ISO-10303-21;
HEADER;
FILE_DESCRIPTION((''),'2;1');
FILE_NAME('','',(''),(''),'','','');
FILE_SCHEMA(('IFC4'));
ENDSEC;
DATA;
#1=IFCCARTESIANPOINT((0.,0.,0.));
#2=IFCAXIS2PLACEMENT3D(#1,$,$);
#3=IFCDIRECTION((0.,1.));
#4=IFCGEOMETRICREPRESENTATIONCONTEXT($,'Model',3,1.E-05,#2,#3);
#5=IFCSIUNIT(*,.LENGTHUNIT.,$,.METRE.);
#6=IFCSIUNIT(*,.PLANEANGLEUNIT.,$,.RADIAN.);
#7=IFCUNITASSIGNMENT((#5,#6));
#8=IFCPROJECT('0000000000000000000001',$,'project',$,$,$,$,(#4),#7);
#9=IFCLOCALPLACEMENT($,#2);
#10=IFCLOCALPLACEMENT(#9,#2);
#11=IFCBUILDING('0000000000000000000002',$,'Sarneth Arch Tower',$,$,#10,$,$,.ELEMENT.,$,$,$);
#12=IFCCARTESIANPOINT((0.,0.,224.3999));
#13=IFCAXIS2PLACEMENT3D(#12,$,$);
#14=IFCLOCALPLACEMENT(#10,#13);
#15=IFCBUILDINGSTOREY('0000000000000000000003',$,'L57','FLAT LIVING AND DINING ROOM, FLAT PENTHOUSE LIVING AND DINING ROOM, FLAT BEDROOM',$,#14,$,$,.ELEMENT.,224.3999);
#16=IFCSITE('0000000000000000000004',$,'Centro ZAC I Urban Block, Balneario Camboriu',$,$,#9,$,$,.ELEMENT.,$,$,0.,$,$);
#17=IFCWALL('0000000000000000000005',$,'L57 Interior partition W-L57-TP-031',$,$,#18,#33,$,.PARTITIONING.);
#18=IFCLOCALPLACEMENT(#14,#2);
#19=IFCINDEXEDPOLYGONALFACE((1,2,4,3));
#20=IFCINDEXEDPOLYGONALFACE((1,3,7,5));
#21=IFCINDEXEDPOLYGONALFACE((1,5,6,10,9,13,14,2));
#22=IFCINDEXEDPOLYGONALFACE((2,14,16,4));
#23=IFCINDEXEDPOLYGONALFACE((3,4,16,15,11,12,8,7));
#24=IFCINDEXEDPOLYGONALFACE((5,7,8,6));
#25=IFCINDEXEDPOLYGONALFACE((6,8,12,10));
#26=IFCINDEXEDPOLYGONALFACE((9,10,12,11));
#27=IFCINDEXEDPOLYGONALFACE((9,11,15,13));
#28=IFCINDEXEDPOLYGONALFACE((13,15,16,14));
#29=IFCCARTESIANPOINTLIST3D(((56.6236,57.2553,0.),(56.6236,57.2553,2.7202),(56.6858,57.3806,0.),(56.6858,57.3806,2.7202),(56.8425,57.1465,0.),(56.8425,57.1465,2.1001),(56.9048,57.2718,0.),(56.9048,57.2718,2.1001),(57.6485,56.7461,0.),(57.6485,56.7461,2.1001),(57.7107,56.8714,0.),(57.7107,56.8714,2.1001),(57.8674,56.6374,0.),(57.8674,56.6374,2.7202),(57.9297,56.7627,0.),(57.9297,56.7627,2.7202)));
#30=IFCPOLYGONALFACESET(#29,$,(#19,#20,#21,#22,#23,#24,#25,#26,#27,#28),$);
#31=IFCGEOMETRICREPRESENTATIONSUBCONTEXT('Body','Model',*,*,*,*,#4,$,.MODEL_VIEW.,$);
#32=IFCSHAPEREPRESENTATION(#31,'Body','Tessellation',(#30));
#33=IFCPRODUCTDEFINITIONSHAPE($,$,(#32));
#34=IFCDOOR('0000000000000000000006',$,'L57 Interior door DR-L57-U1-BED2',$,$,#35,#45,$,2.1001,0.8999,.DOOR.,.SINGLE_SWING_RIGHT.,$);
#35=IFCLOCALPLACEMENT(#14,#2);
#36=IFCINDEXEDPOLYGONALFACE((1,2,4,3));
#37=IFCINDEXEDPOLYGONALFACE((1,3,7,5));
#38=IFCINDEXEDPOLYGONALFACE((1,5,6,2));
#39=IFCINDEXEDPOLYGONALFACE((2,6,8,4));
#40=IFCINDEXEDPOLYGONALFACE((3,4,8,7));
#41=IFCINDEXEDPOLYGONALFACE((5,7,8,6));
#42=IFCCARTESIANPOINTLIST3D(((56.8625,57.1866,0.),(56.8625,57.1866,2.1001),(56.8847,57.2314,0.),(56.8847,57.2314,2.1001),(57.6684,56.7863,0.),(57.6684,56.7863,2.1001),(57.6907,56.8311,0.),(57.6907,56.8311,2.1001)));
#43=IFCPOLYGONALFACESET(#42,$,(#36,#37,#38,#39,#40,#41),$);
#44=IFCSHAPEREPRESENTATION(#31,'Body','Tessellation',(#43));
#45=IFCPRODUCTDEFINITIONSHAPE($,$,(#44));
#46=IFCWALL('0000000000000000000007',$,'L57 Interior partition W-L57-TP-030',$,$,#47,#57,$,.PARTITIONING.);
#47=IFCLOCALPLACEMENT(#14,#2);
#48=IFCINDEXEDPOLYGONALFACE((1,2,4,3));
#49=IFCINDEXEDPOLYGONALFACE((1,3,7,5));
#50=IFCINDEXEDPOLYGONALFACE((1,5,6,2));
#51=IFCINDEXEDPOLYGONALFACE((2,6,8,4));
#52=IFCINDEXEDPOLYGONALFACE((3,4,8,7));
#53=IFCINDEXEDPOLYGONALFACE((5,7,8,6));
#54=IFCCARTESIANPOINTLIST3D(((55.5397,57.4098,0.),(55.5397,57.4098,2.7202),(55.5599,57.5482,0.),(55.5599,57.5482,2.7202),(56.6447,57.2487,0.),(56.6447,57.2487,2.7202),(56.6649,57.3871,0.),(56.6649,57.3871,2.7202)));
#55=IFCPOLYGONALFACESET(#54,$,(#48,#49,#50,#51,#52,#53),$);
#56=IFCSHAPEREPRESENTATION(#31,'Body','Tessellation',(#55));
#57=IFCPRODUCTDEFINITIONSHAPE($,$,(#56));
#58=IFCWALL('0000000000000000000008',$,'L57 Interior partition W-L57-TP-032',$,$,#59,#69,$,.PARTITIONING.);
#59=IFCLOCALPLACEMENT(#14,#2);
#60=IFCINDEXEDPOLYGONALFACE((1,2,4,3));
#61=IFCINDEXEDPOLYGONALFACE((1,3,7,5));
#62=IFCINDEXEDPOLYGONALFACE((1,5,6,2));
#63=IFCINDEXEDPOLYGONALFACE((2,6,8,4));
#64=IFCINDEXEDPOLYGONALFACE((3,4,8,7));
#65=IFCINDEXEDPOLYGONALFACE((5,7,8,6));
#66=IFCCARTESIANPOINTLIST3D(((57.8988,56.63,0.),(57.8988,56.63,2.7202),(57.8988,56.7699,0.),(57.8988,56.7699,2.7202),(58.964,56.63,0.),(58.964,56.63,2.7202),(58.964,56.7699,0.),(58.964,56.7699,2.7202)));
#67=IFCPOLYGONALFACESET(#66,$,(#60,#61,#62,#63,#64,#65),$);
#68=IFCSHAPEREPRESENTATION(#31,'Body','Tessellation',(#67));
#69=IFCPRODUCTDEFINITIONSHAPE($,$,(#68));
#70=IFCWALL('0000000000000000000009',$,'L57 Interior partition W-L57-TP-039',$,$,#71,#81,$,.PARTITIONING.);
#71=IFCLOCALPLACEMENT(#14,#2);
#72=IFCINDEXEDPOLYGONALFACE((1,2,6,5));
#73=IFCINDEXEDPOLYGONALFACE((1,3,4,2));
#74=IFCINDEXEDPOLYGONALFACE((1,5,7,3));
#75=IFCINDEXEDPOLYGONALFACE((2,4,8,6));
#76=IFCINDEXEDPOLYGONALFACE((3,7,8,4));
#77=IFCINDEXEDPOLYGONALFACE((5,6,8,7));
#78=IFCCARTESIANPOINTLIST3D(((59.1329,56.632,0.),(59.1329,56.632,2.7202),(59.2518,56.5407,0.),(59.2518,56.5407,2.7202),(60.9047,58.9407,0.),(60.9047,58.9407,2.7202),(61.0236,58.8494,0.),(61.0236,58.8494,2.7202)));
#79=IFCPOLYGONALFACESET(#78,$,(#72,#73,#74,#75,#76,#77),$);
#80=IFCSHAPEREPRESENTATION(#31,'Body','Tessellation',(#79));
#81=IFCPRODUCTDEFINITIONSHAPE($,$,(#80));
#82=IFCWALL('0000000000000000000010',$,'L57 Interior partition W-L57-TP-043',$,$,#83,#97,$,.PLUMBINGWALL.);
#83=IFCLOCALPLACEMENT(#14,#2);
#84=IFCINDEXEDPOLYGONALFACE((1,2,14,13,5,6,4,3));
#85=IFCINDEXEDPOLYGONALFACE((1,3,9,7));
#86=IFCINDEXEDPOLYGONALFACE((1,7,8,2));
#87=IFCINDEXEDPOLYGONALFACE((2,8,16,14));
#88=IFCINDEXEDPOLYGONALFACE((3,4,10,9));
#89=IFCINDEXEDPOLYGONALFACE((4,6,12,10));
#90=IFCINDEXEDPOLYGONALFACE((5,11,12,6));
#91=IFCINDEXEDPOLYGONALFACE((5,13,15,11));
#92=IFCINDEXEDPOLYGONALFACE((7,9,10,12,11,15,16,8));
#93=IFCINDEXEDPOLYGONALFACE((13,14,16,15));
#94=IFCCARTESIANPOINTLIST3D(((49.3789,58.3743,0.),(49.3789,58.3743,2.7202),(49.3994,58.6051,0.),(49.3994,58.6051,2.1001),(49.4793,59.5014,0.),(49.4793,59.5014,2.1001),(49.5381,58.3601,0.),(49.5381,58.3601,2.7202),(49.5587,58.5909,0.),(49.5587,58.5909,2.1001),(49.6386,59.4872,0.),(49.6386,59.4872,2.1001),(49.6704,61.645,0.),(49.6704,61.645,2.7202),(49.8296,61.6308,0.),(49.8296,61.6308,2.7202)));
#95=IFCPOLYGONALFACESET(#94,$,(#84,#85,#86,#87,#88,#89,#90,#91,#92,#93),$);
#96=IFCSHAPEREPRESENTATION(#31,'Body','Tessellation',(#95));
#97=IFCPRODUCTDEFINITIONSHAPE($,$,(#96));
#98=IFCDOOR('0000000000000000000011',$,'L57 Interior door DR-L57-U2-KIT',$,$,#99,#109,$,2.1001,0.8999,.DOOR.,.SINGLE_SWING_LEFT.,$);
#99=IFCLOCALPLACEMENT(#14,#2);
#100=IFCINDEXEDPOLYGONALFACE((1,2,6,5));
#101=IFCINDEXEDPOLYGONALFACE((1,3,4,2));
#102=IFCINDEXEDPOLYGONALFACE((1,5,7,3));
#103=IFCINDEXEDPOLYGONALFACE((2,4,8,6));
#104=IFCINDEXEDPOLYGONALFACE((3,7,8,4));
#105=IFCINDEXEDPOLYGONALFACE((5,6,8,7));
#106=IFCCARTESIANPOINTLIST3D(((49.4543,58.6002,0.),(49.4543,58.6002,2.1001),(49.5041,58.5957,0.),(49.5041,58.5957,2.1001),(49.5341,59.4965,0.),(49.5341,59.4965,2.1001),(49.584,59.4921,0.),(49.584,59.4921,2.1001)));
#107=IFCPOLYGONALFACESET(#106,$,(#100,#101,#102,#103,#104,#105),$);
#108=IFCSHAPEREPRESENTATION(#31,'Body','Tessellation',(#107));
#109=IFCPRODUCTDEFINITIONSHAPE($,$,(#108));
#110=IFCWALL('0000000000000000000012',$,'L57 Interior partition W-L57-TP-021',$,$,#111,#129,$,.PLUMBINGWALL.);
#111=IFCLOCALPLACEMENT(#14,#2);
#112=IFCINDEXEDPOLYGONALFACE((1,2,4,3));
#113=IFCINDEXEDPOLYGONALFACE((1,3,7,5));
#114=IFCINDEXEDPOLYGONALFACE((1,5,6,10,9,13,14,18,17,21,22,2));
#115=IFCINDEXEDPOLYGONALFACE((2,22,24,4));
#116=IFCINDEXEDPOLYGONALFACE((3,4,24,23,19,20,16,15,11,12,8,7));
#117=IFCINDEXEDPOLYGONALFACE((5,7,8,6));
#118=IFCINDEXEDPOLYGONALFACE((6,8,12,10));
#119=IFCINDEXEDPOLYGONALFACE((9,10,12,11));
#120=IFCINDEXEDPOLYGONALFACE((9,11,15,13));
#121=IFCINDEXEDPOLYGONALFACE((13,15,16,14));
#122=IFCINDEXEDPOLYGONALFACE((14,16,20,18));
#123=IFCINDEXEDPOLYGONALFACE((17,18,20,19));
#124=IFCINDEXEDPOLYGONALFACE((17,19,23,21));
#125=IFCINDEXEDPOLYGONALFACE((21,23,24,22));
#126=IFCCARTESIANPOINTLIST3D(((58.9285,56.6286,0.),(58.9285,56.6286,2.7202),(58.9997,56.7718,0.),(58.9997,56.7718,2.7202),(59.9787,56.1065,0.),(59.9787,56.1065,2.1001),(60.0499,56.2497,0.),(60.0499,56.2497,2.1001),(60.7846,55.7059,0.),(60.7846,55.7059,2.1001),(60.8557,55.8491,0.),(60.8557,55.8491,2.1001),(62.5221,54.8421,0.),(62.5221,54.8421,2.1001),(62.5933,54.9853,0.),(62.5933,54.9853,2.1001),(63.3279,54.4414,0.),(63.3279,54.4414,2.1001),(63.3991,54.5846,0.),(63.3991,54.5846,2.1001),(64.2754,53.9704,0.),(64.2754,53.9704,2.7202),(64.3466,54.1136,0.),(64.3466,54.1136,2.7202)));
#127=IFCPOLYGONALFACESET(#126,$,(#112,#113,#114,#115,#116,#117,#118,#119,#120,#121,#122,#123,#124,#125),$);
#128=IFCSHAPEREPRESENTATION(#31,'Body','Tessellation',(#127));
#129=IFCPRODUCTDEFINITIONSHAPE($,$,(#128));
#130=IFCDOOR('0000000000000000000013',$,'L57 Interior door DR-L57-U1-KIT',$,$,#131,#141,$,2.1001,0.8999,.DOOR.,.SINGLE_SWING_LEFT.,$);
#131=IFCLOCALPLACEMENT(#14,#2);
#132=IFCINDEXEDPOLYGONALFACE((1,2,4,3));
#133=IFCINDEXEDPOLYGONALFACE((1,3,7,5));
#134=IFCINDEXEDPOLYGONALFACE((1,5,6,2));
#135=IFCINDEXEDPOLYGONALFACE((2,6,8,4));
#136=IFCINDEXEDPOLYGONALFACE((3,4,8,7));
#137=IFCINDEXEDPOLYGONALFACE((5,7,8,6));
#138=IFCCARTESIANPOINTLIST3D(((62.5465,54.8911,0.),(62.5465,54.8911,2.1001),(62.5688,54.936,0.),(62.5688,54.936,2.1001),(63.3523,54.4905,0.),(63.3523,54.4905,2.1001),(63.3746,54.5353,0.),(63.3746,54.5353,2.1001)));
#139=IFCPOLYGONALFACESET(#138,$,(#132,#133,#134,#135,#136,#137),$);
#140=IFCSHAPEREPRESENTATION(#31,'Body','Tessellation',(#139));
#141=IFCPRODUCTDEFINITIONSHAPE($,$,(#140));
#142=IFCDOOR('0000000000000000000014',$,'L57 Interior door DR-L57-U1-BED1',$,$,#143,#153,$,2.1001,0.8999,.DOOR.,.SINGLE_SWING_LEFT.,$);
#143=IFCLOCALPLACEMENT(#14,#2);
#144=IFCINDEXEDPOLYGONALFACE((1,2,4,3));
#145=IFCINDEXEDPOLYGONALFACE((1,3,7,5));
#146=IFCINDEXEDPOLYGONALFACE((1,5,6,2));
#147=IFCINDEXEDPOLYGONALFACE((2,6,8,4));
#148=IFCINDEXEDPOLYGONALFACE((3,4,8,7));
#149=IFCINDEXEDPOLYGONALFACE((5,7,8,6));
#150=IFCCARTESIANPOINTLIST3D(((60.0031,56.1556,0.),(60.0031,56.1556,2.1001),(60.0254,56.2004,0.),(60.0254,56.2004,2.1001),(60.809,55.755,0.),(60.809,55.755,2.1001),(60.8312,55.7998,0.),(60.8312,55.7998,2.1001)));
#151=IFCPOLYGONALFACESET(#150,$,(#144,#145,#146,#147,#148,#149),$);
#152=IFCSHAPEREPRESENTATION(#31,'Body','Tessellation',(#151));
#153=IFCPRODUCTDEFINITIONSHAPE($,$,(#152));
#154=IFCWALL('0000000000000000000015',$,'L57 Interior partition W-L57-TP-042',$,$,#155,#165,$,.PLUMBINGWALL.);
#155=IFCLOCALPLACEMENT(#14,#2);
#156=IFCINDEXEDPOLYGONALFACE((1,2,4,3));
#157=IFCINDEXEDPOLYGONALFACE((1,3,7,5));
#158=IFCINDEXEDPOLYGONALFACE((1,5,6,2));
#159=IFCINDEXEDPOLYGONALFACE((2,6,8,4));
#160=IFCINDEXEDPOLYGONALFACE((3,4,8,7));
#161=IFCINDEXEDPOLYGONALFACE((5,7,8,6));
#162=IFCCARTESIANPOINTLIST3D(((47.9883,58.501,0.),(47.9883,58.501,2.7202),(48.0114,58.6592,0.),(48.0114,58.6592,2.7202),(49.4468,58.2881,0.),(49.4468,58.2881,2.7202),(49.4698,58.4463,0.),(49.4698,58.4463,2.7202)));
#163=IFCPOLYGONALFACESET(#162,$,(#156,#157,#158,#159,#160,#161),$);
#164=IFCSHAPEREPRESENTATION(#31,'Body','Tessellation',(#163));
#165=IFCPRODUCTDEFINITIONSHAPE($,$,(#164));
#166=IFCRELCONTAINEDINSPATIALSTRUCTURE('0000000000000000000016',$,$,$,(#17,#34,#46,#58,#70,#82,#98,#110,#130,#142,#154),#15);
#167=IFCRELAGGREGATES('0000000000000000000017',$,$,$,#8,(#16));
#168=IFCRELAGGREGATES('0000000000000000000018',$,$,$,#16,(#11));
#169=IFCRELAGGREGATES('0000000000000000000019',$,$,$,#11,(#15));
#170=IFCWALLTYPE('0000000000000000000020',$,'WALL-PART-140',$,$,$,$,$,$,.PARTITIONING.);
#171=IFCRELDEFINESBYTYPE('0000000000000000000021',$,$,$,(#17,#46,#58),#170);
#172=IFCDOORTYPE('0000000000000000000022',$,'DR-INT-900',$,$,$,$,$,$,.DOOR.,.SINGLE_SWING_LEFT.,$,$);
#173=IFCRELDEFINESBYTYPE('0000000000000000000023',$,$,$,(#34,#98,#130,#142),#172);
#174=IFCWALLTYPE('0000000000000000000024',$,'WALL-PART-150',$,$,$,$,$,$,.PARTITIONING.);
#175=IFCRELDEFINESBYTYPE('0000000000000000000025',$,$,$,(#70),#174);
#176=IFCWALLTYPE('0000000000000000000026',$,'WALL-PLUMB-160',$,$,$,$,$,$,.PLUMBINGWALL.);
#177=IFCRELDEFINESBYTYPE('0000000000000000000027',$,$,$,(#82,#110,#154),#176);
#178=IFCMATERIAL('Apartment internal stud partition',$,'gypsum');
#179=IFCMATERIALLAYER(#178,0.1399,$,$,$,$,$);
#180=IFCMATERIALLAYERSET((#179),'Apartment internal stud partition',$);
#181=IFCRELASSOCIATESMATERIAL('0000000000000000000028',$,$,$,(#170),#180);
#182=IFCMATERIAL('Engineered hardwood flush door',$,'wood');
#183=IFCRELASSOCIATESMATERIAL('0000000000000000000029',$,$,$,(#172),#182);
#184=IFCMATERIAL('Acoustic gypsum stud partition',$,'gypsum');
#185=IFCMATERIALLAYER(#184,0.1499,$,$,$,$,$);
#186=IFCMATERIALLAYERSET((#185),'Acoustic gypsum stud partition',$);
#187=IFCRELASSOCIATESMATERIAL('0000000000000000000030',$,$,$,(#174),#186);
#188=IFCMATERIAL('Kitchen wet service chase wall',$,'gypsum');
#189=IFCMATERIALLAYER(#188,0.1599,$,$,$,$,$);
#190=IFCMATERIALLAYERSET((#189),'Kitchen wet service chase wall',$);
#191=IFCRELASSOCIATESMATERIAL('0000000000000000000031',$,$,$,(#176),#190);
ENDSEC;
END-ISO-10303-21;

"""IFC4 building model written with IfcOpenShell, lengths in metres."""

from ifc_helpers import new_model, si_unit, direction, frame, frame_2d, origin, place, context, subcontext, project, spatial, rectangle, extrude, material, layer, layer_set, type_object, element, fill, save


model = new_model("IFC4")

# Units and contexts
model_context = context("Model", 3, precision=1e-05, world=origin(), true_north=direction((0.0, 1.0)))
body_context = subcontext(model_context, "Body", "Model", "MODEL_VIEW")
ifc_project = project(units=[si_unit("LENGTHUNIT", "METRE"), si_unit("PLANEANGLEUNIT", "RADIAN")], contexts=[model_context])

# Site, building, storey
site_placement = place(None, origin())
site = spatial("IfcSite", under=ifc_project, at=site_placement, Name="Centro ZAC I Urban Block, Balneario Camboriu", CompositionType="ELEMENT", RefElevation=0.0)
building_placement = place(site_placement, origin())
building = spatial("IfcBuilding", under=site, at=building_placement, Name="Sarneth Arch Tower", CompositionType="ELEMENT")
storey_placement = place(building_placement, frame((0.0, 0.0, 224.3999)))
storey = spatial("IfcBuildingStorey", under=building, at=storey_placement, Name="L57", Description="FLAT LIVING AND DINING ROOM, FLAT PENTHOUSE LIVING AND DINING ROOM, FLAT BEDROOM", CompositionType="ELEMENT", Elevation=224.3999)

# Wall, opening, door
ifc_material_1 = material(Name="Apartment internal stud partition", Category="gypsum")
ifc_layer_1 = layer(ifc_material_1, 0.1399)
ifc_layer_set_1 = layer_set([ifc_layer_1], Name="Apartment internal stud partition")
wall_type_1 = type_object("IfcWallType", Name="WALL-PART-140", PredefinedType="PARTITIONING", material=ifc_layer_set_1)
wall_1_placement = place(storey_placement, frame((56.6548, 57.3179, 0.0), z_axis=(0.0, 0.0, 1.0), x_axis=(0.895584, -0.444892, 0.0)))
wall_1 = element("IfcWall", 1, at=wall_1_placement, inside=storey, type_object=wall_type_1, Name="L57 Interior partition W-L57-TP-031", PredefinedType="PARTITIONING", context=body_context, shape_type="SweptSolid", body=[
    extrude(rectangle(XDim=1.3889, YDim=0.1399, at=frame_2d((0.6943, 0.0))), origin(), (0.0, 0.0, 1.0), 2.7202),
])
opening_1_placement = place(wall_1_placement, frame((0.2444, 0.0, 0.0)))
opening_1 = element("IfcOpeningElement", 2, at=opening_1_placement, cuts=wall_1, PredefinedType="OPENING", context=body_context, shape_type="SweptSolid", body=[
    extrude(rectangle(XDim=0.8999, YDim=2.1001, at=frame_2d((0.45, 1.05))), frame((0.0, 0.0798, 0.0), z_axis=(0.0, -1.0, 0.0), x_axis=(1.0, 0.0, 0.0)), (0.0, 0.0, 1.0), 0.1599),
])
ifc_material_2 = material(Name="Engineered hardwood flush door", Category="wood")
door_type_1 = type_object("IfcDoorType", Name="DR-INT-900", OperationType="SINGLE_SWING_LEFT", PredefinedType="DOOR", material=ifc_material_2)
door_1_placement = place(opening_1_placement, origin())
door_1 = element("IfcDoor", 3, at=door_1_placement, inside=storey, type_object=door_type_1, Name="L57 Interior door DR-L57-U1-BED2", OperationType="SINGLE_SWING_RIGHT", OverallHeight=2.1001, OverallWidth=0.8999, PredefinedType="DOOR", context=body_context, shape_type="SweptSolid", body=[
    extrude(rectangle(XDim=0.8999, YDim=2.1001, at=frame_2d((0.45, 1.05))), frame((0.0, 0.0249, 0.0), z_axis=(0.0, -1.0, 0.0), x_axis=(1.0, 0.0, 0.0)), (0.0, 0.0, 1.0), 0.05),
])
fill(opening_1, door_1)

# Walls
wall_2_placement = place(storey_placement, frame((55.5498, 57.479, 0.0), z_axis=(0.0, 0.0, 1.0), x_axis=(0.989534, -0.144298, 0.0)))
element("IfcWall", 4, at=wall_2_placement, inside=storey, type_object=wall_type_1, Name="L57 Interior partition W-L57-TP-030", PredefinedType="PARTITIONING", context=body_context, shape_type="SweptSolid", body=[
    extrude(rectangle(XDim=1.1167, YDim=0.1399, at=frame_2d((0.5583, 0.0))), origin(), (0.0, 0.0, 1.0), 2.7202),
])
wall_3_placement = place(storey_placement, frame((57.8987, 56.7, 0.0), z_axis=(0.0, 0.0, 1.0), x_axis=(1.0, 0.0, 0.0)))
element("IfcWall", 5, at=wall_3_placement, inside=storey, type_object=wall_type_1, Name="L57 Interior partition W-L57-TP-032", PredefinedType="PARTITIONING", context=body_context, shape_type="SweptSolid", body=[
    extrude(rectangle(XDim=1.0652, YDim=0.1399, at=frame_2d((0.5327, 0.0))), origin(), (0.0, 0.0, 1.0), 2.7202),
])
ifc_material_3 = material(Name="Acoustic gypsum stud partition", Category="gypsum")
ifc_layer_2 = layer(ifc_material_3, 0.1499)
ifc_layer_set_2 = layer_set([ifc_layer_2], Name="Acoustic gypsum stud partition")
wall_type_2 = type_object("IfcWallType", Name="WALL-PART-150", PredefinedType="PARTITIONING", material=ifc_layer_set_2)
wall_4_placement = place(storey_placement, frame((60.9641, 58.895, 0.0), z_axis=(0.0, 0.0, 1.0), x_axis=(-0.608822, -0.793306, 0.0)))
element("IfcWall", 6, at=wall_4_placement, inside=storey, type_object=wall_type_2, Name="L57 Interior partition W-L57-TP-039", PredefinedType="PARTITIONING", context=body_context, shape_type="SweptSolid", body=[
    extrude(rectangle(XDim=2.9102, YDim=0.1499, at=frame_2d((1.4551, 0.0))), origin(), (0.0, 0.0, 1.0), 2.7202),
])

# Wall, opening, door
ifc_material_4 = material(Name="Kitchen wet service chase wall", Category="gypsum")
ifc_layer_3 = layer(ifc_material_4, 0.1599)
ifc_layer_set_3 = layer_set([ifc_layer_3], Name="Kitchen wet service chase wall")
wall_type_3 = type_object("IfcWallType", Name="WALL-PLUMB-160", PredefinedType="PLUMBINGWALL", material=ifc_layer_set_3)
wall_5_placement = place(storey_placement, frame((49.4585, 58.3672, 0.0), z_axis=(0.0, 0.0, 1.0), x_axis=(0.088773, 0.996052, 0.0)))
wall_5 = element("IfcWall", 7, at=wall_5_placement, inside=storey, type_object=wall_type_3, Name="L57 Interior partition W-L57-TP-043", PredefinedType="PLUMBINGWALL", context=body_context, shape_type="SweptSolid", body=[
    extrude(rectangle(XDim=3.2837, YDim=0.1599, at=frame_2d((1.6418, 0.0))), origin(), (0.0, 0.0, 1.0), 2.7202),
])
opening_2_placement = place(wall_5_placement, frame((0.2317, 0.0, 0.0)))
opening_2 = element("IfcOpeningElement", 8, at=opening_2_placement, cuts=wall_5, PredefinedType="OPENING", context=body_context, shape_type="SweptSolid", body=[
    extrude(rectangle(XDim=0.8999, YDim=2.1001, at=frame_2d((0.45, 1.05))), frame((0.0, 0.0898, 0.0), z_axis=(0.0, -1.0, 0.0), x_axis=(1.0, 0.0, 0.0)), (0.0, 0.0, 1.0), 0.1799),
])
door_2_placement = place(opening_2_placement, origin())
door_2 = element("IfcDoor", 9, at=door_2_placement, inside=storey, type_object=door_type_1, Name="L57 Interior door DR-L57-U2-KIT", OperationType="SINGLE_SWING_LEFT", OverallHeight=2.1001, OverallWidth=0.8999, PredefinedType="DOOR", context=body_context, shape_type="SweptSolid", body=[
    extrude(rectangle(XDim=0.8999, YDim=2.1001, at=frame_2d((0.45, 1.05))), frame((0.0, 0.0249, 0.0), z_axis=(0.0, -1.0, 0.0), x_axis=(1.0, 0.0, 0.0)), (0.0, 0.0, 1.0), 0.05),
])
fill(opening_2, door_2)

# Wall, openings, doors
wall_6_placement = place(storey_placement, frame((58.9641, 56.7002, 0.0), z_axis=(0.0, 0.0, 1.0), x_axis=(0.895447, -0.445168, 0.0)))
wall_6 = element("IfcWall", 10, at=wall_6_placement, inside=storey, type_object=wall_type_3, Name="L57 Interior partition W-L57-TP-021", PredefinedType="PLUMBINGWALL", context=body_context, shape_type="SweptSolid", body=[
    extrude(rectangle(XDim=5.9712, YDim=0.1599, at=frame_2d((2.9856, 0.0))), origin(), (0.0, 0.0, 1.0), 2.7202),
])
opening_3_placement = place(wall_6_placement, frame((4.0132, 0.0, 0.0)))
opening_3 = element("IfcOpeningElement", 11, at=opening_3_placement, cuts=wall_6, PredefinedType="OPENING", context=body_context, shape_type="SweptSolid", body=[
    extrude(rectangle(XDim=0.8999, YDim=2.1001, at=frame_2d((0.45, 1.05))), frame((0.0, 0.0898, 0.0), z_axis=(0.0, -1.0, 0.0), x_axis=(1.0, 0.0, 0.0)), (0.0, 0.0, 1.0), 0.1799),
])
opening_4_placement = place(wall_6_placement, frame((1.1729, 0.0, 0.0)))
opening_4 = element("IfcOpeningElement", 12, at=opening_4_placement, cuts=wall_6, PredefinedType="OPENING", context=body_context, shape_type="SweptSolid", body=[
    extrude(rectangle(XDim=0.8999, YDim=2.1001, at=frame_2d((0.45, 1.05))), frame((0.0, 0.0898, 0.0), z_axis=(0.0, -1.0, 0.0), x_axis=(1.0, 0.0, 0.0)), (0.0, 0.0, 1.0), 0.1799),
])
door_3_placement = place(opening_3_placement, origin())
door_3 = element("IfcDoor", 13, at=door_3_placement, inside=storey, type_object=door_type_1, Name="L57 Interior door DR-L57-U1-KIT", OperationType="SINGLE_SWING_LEFT", OverallHeight=2.1001, OverallWidth=0.8999, PredefinedType="DOOR", context=body_context, shape_type="SweptSolid", body=[
    extrude(rectangle(XDim=0.8999, YDim=2.1001, at=frame_2d((0.45, 1.05))), frame((0.0, 0.0249, 0.0), z_axis=(0.0, -1.0, 0.0), x_axis=(1.0, 0.0, 0.0)), (0.0, 0.0, 1.0), 0.05),
])
fill(opening_3, door_3)
door_4_placement = place(opening_4_placement, origin())
door_4 = element("IfcDoor", 14, at=door_4_placement, inside=storey, type_object=door_type_1, Name="L57 Interior door DR-L57-U1-BED1", OperationType="SINGLE_SWING_LEFT", OverallHeight=2.1001, OverallWidth=0.8999, PredefinedType="DOOR", context=body_context, shape_type="SweptSolid", body=[
    extrude(rectangle(XDim=0.8999, YDim=2.1001, at=frame_2d((0.45, 1.05))), frame((0.0, 0.0249, 0.0), z_axis=(0.0, -1.0, 0.0), x_axis=(1.0, 0.0, 0.0)), (0.0, 0.0, 1.0), 0.05),
])
fill(opening_4, door_4)

# Wall
wall_7_placement = place(storey_placement, frame((48.0, 58.5801, 0.0), z_axis=(0.0, 0.0, 1.0), x_axis=(0.989514, -0.144435, 0.0)))
element("IfcWall", 15, at=wall_7_placement, inside=storey, type_object=wall_type_3, Name="L57 Interior partition W-L57-TP-042", PredefinedType="PLUMBINGWALL", context=body_context, shape_type="SweptSolid", body=[
    extrude(rectangle(XDim=1.4739, YDim=0.1599, at=frame_2d((0.7368, 0.0))), origin(), (0.0, 0.0, 1.0), 2.7202),
])

save(model, "model.ifc")
